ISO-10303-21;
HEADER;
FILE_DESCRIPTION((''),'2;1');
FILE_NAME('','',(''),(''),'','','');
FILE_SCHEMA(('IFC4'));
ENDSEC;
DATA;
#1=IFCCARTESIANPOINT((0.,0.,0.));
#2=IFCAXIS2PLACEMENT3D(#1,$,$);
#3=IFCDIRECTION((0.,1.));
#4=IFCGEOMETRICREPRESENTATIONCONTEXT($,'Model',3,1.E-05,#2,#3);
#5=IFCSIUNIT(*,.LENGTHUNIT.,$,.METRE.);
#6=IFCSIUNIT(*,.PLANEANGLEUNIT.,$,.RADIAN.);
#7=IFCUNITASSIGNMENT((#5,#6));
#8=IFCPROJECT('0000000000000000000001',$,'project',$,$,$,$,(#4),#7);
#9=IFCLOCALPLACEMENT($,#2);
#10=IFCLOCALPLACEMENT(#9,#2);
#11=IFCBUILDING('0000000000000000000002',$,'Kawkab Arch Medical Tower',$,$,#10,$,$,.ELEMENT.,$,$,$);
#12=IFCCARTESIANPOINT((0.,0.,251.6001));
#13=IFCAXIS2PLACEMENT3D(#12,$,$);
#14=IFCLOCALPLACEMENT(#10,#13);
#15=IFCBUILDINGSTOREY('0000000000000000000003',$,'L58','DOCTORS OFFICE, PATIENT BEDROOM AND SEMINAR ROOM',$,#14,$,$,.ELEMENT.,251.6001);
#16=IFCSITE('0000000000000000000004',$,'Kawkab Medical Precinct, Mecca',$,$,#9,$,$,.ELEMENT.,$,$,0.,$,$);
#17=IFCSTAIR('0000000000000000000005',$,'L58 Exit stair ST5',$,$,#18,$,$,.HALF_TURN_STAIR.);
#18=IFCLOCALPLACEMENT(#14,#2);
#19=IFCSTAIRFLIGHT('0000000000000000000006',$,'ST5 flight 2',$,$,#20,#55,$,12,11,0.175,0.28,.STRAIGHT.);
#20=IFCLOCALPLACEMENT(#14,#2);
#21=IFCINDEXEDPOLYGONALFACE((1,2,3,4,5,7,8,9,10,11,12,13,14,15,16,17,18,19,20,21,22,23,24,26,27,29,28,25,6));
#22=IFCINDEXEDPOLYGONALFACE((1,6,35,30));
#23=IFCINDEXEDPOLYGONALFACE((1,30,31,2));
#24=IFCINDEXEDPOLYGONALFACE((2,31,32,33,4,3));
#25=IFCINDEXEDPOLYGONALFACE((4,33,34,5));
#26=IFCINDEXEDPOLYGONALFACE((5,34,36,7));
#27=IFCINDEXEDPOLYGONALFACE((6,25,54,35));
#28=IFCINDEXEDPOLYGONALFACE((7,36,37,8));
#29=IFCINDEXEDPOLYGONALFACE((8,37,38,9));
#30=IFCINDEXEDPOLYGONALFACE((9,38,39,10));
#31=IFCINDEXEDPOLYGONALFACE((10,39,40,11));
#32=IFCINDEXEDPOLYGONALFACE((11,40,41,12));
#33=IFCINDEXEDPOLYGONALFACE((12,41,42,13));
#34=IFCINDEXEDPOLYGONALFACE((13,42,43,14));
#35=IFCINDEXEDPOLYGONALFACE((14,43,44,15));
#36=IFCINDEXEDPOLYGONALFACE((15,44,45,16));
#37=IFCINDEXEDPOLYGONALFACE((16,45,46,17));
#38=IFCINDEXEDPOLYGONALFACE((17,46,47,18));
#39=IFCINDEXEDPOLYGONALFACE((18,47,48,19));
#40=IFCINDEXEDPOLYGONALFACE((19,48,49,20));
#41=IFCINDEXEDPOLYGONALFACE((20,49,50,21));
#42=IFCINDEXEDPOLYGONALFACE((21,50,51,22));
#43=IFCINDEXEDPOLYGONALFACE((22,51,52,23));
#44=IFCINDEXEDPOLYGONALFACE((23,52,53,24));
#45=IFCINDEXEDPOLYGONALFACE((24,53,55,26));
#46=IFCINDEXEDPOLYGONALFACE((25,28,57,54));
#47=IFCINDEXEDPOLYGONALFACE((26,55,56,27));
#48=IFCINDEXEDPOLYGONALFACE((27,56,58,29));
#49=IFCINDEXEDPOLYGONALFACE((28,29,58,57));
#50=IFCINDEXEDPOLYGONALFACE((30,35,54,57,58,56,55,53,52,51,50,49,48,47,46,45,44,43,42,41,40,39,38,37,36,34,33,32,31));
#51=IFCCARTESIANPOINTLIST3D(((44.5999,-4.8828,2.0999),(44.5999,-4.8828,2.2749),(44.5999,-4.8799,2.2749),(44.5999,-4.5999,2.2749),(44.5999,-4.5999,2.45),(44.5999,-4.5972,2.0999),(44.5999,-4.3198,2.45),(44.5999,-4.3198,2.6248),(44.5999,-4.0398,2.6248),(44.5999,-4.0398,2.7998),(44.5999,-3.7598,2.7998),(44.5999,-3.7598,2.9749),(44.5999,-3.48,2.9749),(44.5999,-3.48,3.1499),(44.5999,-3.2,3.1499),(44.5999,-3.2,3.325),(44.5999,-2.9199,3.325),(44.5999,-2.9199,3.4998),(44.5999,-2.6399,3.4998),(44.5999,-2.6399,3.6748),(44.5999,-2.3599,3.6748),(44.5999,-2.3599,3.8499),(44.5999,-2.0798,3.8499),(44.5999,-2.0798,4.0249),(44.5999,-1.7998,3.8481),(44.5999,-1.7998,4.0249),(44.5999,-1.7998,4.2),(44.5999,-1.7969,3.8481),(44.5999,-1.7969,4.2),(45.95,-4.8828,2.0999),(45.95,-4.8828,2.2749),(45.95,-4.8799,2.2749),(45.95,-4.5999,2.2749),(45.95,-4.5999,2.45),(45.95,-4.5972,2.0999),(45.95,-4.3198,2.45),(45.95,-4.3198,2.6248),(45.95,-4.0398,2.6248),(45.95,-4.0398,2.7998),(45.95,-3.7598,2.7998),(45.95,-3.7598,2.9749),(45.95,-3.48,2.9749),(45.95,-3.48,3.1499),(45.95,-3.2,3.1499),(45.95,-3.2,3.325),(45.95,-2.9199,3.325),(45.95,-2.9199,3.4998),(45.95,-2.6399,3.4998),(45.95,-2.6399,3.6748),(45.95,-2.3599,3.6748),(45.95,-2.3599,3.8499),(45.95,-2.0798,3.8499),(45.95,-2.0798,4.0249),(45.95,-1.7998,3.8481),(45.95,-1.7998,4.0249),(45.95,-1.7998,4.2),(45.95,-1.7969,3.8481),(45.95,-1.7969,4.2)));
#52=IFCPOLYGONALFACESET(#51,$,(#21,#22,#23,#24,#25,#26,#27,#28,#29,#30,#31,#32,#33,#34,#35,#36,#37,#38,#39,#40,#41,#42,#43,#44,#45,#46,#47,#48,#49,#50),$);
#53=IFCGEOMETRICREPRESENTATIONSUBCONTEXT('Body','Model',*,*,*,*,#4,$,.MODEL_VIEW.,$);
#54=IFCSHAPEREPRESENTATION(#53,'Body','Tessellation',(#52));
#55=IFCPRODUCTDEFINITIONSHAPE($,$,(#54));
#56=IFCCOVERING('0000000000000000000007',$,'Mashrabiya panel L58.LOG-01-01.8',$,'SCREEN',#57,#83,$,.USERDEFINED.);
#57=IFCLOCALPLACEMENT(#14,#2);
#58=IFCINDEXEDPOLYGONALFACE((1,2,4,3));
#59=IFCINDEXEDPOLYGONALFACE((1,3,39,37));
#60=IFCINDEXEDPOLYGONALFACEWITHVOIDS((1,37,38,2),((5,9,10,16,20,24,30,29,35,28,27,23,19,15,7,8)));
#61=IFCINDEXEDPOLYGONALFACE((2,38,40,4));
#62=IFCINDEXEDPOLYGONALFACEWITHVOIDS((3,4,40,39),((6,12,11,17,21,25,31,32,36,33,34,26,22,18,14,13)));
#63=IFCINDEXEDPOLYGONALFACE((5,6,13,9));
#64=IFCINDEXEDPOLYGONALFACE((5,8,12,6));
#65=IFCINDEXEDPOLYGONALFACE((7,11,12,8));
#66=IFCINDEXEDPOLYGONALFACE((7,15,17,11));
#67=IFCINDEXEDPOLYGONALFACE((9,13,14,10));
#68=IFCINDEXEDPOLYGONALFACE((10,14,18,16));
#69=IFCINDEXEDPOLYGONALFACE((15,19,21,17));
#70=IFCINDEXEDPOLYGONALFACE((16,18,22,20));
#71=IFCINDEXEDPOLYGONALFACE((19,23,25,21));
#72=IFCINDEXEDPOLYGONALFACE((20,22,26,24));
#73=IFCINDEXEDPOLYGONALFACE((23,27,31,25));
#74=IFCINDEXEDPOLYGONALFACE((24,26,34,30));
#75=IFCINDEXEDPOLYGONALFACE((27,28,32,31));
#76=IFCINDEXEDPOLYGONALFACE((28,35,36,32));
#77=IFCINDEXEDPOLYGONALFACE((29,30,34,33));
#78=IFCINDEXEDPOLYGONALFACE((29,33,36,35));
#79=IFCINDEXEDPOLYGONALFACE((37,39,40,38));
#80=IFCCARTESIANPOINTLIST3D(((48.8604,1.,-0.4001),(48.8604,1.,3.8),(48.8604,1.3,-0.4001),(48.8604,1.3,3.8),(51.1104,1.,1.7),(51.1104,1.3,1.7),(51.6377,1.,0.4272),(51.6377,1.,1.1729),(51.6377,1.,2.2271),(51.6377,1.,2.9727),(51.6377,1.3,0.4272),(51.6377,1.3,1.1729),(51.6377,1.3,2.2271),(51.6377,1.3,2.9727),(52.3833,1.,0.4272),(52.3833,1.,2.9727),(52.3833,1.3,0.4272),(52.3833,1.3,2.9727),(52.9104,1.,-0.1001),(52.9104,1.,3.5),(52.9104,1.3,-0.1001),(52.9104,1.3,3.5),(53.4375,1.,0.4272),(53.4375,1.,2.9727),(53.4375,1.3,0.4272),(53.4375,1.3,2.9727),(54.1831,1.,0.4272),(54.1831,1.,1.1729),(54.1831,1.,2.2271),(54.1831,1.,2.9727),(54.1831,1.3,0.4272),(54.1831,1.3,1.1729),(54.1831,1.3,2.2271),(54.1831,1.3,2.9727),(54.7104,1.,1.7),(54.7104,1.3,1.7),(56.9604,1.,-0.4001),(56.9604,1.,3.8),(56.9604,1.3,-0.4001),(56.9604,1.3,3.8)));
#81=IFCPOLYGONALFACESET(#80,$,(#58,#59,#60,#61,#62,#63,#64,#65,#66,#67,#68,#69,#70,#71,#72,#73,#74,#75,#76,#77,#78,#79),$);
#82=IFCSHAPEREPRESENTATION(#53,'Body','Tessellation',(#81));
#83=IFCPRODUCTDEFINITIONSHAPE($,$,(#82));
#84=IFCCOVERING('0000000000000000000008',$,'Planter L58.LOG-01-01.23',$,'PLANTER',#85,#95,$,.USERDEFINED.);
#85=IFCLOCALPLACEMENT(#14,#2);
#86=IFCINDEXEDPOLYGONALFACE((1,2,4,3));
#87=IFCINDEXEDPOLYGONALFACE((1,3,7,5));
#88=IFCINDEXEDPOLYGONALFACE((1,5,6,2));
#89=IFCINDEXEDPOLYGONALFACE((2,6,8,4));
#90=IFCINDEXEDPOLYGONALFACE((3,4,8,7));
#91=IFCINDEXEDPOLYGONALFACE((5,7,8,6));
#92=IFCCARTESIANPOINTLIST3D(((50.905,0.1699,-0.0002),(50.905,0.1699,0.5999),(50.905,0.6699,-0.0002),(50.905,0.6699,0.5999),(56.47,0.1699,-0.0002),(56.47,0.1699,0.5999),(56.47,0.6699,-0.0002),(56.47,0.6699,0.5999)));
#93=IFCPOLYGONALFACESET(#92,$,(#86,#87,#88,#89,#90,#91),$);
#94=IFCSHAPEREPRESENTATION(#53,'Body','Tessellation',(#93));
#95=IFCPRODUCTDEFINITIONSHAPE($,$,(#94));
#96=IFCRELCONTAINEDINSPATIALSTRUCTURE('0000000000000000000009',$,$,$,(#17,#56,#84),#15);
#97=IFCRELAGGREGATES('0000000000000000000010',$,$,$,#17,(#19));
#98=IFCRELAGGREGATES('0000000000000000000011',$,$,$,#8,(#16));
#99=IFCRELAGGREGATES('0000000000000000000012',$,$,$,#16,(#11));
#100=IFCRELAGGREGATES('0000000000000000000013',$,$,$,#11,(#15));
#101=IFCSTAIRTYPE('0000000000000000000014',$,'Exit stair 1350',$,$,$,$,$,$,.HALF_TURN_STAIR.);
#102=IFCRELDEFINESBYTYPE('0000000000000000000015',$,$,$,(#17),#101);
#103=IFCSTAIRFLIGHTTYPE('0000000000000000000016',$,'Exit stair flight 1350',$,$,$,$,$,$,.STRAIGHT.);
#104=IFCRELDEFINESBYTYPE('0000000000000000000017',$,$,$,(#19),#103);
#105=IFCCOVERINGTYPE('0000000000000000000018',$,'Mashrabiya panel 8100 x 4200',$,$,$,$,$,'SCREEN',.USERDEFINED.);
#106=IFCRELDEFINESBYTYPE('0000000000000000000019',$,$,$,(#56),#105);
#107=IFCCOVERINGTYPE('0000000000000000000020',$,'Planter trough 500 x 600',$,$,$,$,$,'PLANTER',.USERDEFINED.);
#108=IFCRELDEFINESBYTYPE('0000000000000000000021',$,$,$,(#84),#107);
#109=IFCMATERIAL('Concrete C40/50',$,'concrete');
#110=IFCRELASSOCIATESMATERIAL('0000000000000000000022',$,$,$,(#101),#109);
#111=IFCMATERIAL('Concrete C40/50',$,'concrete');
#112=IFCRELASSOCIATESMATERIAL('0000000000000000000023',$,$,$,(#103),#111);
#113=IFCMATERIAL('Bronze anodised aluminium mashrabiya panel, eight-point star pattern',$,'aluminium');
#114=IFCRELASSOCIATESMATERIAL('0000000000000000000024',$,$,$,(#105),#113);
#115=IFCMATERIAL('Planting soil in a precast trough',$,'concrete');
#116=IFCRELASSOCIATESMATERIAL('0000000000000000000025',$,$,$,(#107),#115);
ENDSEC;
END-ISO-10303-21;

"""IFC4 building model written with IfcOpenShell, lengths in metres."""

from ifc_helpers import new_model, si_unit, direction, frame, origin, origin_2d, place, context, subcontext, project, spatial, polyline, rectangle, outline, extrude, material, material_profile, profile_set, type_object, element, aggregate, save


model = new_model("IFC4")

# Units and contexts
model_context = context("Model", 3, precision=1e-05, world=origin(), true_north=direction((0.0, 1.0)))
body_context = subcontext(model_context, "Body", "Model", "MODEL_VIEW")
ifc_project = project(units=[si_unit("LENGTHUNIT", "METRE"), si_unit("PLANEANGLEUNIT", "RADIAN")], contexts=[model_context])

# Site, building, storey
site_placement = place(None, origin())
site = spatial("IfcSite", under=ifc_project, at=site_placement, Name="Kawkab Medical Precinct, Mecca", CompositionType="ELEMENT", RefElevation=0.0)
building_placement = place(site_placement, origin())
building = spatial("IfcBuilding", under=site, at=building_placement, Name="Kawkab Arch Medical Tower", CompositionType="ELEMENT")
storey_placement = place(building_placement, frame((0.0, 0.0, 251.6001)))
storey = spatial("IfcBuildingStorey", under=building, at=storey_placement, Name="L58", Description="DOCTORS OFFICE, PATIENT BEDROOM AND SEMINAR ROOM", CompositionType="ELEMENT", Elevation=251.6001)

# Shared definitions
placement = place(storey_placement, origin())

# Stair, stair flight
ifc_material_1 = material(Name="Concrete C40/50", Category="concrete")
stair_type = type_object("IfcStairType", Name="Exit stair 1350", PredefinedType="HALF_TURN_STAIR", material=ifc_material_1)
stair = element("IfcStair", 1, at=placement, inside=storey, type_object=stair_type, Name="L58 Exit stair ST5", PredefinedType="HALF_TURN_STAIR")
ifc_material_2 = material(Name="Concrete C40/50", Category="concrete")
stair_flight_type = type_object("IfcStairFlightType", Name="Exit stair flight 1350", PredefinedType="STRAIGHT", material=ifc_material_2)
stair_flight_placement = place(storey_placement, frame((45.2749, -4.8799, 2.0999), z_axis=(0.0, 0.0, 1.0), x_axis=(0.0, 1.0, 0.0)))
stair_flight = element("IfcStairFlight", 2, at=stair_flight_placement, type_object=stair_flight_type, Name="ST5 flight 2", NumberOfRisers=12, NumberOfTreads=11, PredefinedType="STRAIGHT", RiserHeight=0.175, TreadLength=0.28, context=body_context, shape_type="SweptSolid", body=[
    extrude(outline(polyline([(-0.0029, 0.0), (-0.0029, 0.175), (0.0, 0.175), (0.28, 0.175), (0.28, 0.3501), (0.5601, 0.3501), (0.5601, 0.5249), (0.8401, 0.5249), (0.8401, 0.7), (1.1201, 0.7), (1.1201, 0.875), (1.3999, 0.875), (1.3999, 1.05), (1.6799, 1.05), (1.6799, 1.2251), (1.96, 1.2251), (1.96, 1.3999), (2.24, 1.3999), (2.24, 1.575), (2.52, 1.575), (2.52, 1.75), (2.8, 1.75), (2.8, 1.925), (3.0801, 1.925), (3.0801, 2.1001), (3.083, 2.1001), (3.083, 1.7483), (3.0801, 1.7483), (0.2827, 0.0), (-0.0029, 0.0)])), frame((0.0, 0.675, 0.0), z_axis=(0.0, -1.0, 0.0), x_axis=(1.0, 0.0, 0.0)), (0.0, 0.0, 1.0), 1.3501),
])
aggregate(stair, [stair_flight])

# Coverings
ifc_material_3 = material(Name="Bronze anodised aluminium mashrabiya panel, eight-point star pattern", Category="aluminium")
ifc_material_profile_1 = material_profile(ifc_material_3, outline(polyline([(-4.05, -2.1001), (4.05, -2.1001), (4.05, 2.1001), (-4.05, 2.1001), (-4.05, -2.1001)]), holes=[polyline([(1.8, 0.0), (1.2727, 0.5271), (1.2727, 1.2727), (0.5271, 1.2727), (0.0, 1.8), (-0.5271, 1.2727), (-1.2727, 1.2727), (-1.2727, 0.5271), (-1.8, 0.0), (-1.2727, -0.5271), (-1.2727, -1.2727), (-0.5271, -1.2727), (0.0, -1.8), (0.5271, -1.2727), (1.2727, -1.2727), (1.2727, -0.5271), (1.8, 0.0)])]), Name="Mashrabiya panel 8100x4200")
ifc_profile_set_1 = profile_set([ifc_material_profile_1], Name="Bronze anodised aluminium mashrabiya panel, eight-point star pattern")
covering_type_1 = type_object("IfcCoveringType", Name="Mashrabiya panel 8100 x 4200", ElementType="SCREEN", PredefinedType="USERDEFINED", material=ifc_profile_set_1)
covering_1_placement = place(storey_placement, frame((52.9104, 1.0, 1.7), z_axis=(0.0, 1.0, 0.0), x_axis=(-1.0, 0.0, 0.0)))
element("IfcCovering", 3, at=covering_1_placement, inside=storey, type_object=covering_type_1, Name="Mashrabiya panel L58.LOG-01-01.8", ObjectType="SCREEN", PredefinedType="USERDEFINED", context=body_context, shape_type="SweptSolid", body=[
    extrude(outline(polyline([(-4.05, -2.1001), (4.05, -2.1001), (4.05, 2.1001), (-4.05, 2.1001), (-4.05, -2.1001)]), holes=[polyline([(1.8, 0.0), (1.2727, 0.5271), (1.2727, 1.2727), (0.5271, 1.2727), (0.0, 1.8), (-0.5271, 1.2727), (-1.2727, 1.2727), (-1.2727, 0.5271), (-1.8, 0.0), (-1.2727, -0.5271), (-1.2727, -1.2727), (-0.5271, -1.2727), (0.0, -1.8), (0.5271, -1.2727), (1.2727, -1.2727), (1.2727, -0.5271), (1.8, 0.0)])]), origin(), (0.0, 0.0, 1.0), 0.3),
])
ifc_material_4 = material(Name="Planting soil in a precast trough", Category="concrete")
ifc_material_profile_2 = material_profile(ifc_material_4, rectangle(XDim=0.5, YDim=0.6001, at=origin_2d()), Name="Trough 500x600")
ifc_profile_set_2 = profile_set([ifc_material_profile_2], Name="Planting soil in a precast trough")
covering_type_2 = type_object("IfcCoveringType", Name="Planter trough 500 x 600", ElementType="PLANTER", PredefinedType="USERDEFINED", material=ifc_profile_set_2)
covering_2_placement = place(storey_placement, frame((50.905, 0.4199, 0.2998), z_axis=(1.0, 0.0, 0.0), x_axis=(0.0, 1.0, 0.0)))
element("IfcCovering", 4, at=covering_2_placement, inside=storey, type_object=covering_type_2, Name="Planter L58.LOG-01-01.23", ObjectType="PLANTER", PredefinedType="USERDEFINED", context=body_context, shape_type="SweptSolid", body=[
    extrude(rectangle(XDim=0.5, YDim=0.6001, at=origin_2d()), origin(), (0.0, 0.0, 1.0), 5.5649),
])

save(model, "model.ifc")
